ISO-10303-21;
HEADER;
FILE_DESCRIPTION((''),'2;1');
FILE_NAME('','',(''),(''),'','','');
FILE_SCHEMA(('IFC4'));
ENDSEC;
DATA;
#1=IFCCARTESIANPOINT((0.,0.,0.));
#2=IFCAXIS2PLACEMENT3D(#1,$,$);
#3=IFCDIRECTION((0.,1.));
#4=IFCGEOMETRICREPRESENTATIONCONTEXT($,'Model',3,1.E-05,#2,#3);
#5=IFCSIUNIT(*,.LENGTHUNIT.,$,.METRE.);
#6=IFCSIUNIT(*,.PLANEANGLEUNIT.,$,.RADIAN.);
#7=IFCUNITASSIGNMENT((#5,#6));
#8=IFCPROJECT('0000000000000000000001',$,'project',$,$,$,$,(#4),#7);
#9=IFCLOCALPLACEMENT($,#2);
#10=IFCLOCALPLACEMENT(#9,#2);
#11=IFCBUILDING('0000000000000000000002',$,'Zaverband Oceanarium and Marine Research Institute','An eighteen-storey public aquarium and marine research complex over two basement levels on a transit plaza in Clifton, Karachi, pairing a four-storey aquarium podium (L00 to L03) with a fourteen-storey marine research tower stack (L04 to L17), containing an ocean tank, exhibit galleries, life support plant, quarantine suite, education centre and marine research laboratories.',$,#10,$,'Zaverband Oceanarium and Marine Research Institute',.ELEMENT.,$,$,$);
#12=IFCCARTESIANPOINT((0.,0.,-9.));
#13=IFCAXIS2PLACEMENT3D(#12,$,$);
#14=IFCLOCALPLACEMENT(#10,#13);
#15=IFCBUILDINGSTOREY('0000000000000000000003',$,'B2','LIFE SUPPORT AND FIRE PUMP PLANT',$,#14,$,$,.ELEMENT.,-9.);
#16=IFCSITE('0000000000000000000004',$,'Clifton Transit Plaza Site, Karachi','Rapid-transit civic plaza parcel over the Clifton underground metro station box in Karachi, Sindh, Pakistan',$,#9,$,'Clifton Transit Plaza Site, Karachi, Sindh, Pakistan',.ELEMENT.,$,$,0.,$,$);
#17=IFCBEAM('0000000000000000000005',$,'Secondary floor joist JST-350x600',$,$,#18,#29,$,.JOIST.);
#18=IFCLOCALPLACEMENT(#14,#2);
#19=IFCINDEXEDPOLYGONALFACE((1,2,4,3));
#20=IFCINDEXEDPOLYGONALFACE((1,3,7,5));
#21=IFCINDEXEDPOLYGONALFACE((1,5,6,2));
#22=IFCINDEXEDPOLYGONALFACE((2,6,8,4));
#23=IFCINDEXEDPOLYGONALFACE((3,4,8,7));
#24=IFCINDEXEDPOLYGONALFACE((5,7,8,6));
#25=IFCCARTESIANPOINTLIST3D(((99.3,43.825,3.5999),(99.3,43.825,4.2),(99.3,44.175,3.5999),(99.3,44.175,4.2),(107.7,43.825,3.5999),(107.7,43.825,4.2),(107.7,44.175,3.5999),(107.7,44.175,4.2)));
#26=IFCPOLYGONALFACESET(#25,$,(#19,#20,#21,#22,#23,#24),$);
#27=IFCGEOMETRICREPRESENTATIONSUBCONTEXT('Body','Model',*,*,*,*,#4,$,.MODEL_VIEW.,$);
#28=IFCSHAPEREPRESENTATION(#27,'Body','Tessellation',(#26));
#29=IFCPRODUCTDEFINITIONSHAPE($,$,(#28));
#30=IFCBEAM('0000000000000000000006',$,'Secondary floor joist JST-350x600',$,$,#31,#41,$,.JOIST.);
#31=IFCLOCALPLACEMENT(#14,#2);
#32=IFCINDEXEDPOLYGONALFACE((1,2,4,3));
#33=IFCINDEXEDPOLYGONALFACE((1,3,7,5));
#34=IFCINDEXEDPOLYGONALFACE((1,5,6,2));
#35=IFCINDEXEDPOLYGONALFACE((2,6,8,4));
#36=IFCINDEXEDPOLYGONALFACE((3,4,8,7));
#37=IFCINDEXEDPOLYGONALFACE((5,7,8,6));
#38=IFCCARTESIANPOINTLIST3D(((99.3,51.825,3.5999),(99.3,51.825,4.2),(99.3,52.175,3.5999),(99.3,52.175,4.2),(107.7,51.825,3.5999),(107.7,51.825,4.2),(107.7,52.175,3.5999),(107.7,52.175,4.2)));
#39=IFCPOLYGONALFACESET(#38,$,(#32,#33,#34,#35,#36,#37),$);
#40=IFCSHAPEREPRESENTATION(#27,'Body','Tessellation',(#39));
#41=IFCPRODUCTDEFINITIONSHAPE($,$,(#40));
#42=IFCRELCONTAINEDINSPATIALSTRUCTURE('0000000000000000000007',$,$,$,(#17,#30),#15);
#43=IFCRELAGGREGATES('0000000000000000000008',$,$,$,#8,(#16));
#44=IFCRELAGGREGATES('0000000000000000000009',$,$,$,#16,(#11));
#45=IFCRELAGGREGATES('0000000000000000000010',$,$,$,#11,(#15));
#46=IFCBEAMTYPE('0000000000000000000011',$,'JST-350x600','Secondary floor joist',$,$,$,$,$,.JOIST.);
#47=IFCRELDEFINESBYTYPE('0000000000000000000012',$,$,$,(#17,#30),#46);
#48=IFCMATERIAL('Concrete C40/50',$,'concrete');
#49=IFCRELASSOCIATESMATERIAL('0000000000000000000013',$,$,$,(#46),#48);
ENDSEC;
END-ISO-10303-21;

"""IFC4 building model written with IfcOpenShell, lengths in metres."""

from ifc_helpers import new_model, si_unit, direction, frame, origin, origin_2d, place, context, subcontext, project, spatial, rectangle, extrude, material, material_profile, profile_set, type_object, element, save


model = new_model("IFC4")

# Units and contexts
model_context = context("Model", 3, precision=1e-05, world=origin(), true_north=direction((0.0, 1.0)))
body_context = subcontext(model_context, "Body", "Model", "MODEL_VIEW")
ifc_project = project(units=[si_unit("LENGTHUNIT", "METRE"), si_unit("PLANEANGLEUNIT", "RADIAN")], contexts=[model_context])

# Site, building, storey
site_placement = place(None, origin())
site = spatial("IfcSite", under=ifc_project, at=site_placement, Name="Clifton Transit Plaza Site, Karachi", Description="Rapid-transit civic plaza parcel over the Clifton underground metro station box in Karachi, Sindh, Pakistan", LongName="Clifton Transit Plaza Site, Karachi, Sindh, Pakistan", CompositionType="ELEMENT", RefElevation=0.0)
building_placement = place(site_placement, origin())
building = spatial("IfcBuilding", under=site, at=building_placement, Name="Zaverband Oceanarium and Marine Research Institute", Description="An eighteen-storey public aquarium and marine research complex over two basement levels on a transit plaza in Clifton, Karachi, pairing a four-storey aquarium podium (L00 to L03) with a fourteen-storey marine research tower stack (L04 to L17), containing an ocean tank, exhibit galleries, life support plant, quarantine suite, education centre and marine research laboratories.", LongName="Zaverband Oceanarium and Marine Research Institute", CompositionType="ELEMENT")
storey_placement = place(building_placement, frame((0.0, 0.0, -9.0)))
storey = spatial("IfcBuildingStorey", under=building, at=storey_placement, Name="B2", Description="LIFE SUPPORT AND FIRE PUMP PLANT", CompositionType="ELEMENT", Elevation=-9.0)

# Beams
ifc_material_1 = material(Name="Concrete C40/50", Category="concrete")
ifc_material_profile_1 = material_profile(ifc_material_1, rectangle(XDim=0.3501, YDim=0.6001, at=origin_2d()), Name="RC350x600")
ifc_profile_set_1 = profile_set([ifc_material_profile_1], Name="Concrete C40/50")
beam_type_1 = type_object("IfcBeamType", Name="JST-350x600", Description="Secondary floor joist", PredefinedType="JOIST", material=ifc_profile_set_1)
for number, where, z_axis, x_axis, name in (
    (1, (99.3, 44.0, 3.8999), (1.0, 0.0, 0.0), (0.0, 1.0, 0.0), "Secondary floor joist JST-350x600"),
    (2, (99.3, 52.0, 3.8999), (1.0, 0.0, 0.0), (0.0, 1.0, 0.0), "Secondary floor joist JST-350x600"),
):
    element("IfcBeam", number, at=place(storey_placement, frame(where, z_axis=z_axis, x_axis=x_axis)), inside=storey, type_object=beam_type_1, Name=name, PredefinedType="JOIST", context=body_context, shape_type="SweptSolid", body=[
        extrude(rectangle(XDim=0.3501, YDim=0.6001, at=origin_2d()), origin(), (0.0, 0.0, 1.0), 8.3999),
    ])

save(model, "model.ifc")
